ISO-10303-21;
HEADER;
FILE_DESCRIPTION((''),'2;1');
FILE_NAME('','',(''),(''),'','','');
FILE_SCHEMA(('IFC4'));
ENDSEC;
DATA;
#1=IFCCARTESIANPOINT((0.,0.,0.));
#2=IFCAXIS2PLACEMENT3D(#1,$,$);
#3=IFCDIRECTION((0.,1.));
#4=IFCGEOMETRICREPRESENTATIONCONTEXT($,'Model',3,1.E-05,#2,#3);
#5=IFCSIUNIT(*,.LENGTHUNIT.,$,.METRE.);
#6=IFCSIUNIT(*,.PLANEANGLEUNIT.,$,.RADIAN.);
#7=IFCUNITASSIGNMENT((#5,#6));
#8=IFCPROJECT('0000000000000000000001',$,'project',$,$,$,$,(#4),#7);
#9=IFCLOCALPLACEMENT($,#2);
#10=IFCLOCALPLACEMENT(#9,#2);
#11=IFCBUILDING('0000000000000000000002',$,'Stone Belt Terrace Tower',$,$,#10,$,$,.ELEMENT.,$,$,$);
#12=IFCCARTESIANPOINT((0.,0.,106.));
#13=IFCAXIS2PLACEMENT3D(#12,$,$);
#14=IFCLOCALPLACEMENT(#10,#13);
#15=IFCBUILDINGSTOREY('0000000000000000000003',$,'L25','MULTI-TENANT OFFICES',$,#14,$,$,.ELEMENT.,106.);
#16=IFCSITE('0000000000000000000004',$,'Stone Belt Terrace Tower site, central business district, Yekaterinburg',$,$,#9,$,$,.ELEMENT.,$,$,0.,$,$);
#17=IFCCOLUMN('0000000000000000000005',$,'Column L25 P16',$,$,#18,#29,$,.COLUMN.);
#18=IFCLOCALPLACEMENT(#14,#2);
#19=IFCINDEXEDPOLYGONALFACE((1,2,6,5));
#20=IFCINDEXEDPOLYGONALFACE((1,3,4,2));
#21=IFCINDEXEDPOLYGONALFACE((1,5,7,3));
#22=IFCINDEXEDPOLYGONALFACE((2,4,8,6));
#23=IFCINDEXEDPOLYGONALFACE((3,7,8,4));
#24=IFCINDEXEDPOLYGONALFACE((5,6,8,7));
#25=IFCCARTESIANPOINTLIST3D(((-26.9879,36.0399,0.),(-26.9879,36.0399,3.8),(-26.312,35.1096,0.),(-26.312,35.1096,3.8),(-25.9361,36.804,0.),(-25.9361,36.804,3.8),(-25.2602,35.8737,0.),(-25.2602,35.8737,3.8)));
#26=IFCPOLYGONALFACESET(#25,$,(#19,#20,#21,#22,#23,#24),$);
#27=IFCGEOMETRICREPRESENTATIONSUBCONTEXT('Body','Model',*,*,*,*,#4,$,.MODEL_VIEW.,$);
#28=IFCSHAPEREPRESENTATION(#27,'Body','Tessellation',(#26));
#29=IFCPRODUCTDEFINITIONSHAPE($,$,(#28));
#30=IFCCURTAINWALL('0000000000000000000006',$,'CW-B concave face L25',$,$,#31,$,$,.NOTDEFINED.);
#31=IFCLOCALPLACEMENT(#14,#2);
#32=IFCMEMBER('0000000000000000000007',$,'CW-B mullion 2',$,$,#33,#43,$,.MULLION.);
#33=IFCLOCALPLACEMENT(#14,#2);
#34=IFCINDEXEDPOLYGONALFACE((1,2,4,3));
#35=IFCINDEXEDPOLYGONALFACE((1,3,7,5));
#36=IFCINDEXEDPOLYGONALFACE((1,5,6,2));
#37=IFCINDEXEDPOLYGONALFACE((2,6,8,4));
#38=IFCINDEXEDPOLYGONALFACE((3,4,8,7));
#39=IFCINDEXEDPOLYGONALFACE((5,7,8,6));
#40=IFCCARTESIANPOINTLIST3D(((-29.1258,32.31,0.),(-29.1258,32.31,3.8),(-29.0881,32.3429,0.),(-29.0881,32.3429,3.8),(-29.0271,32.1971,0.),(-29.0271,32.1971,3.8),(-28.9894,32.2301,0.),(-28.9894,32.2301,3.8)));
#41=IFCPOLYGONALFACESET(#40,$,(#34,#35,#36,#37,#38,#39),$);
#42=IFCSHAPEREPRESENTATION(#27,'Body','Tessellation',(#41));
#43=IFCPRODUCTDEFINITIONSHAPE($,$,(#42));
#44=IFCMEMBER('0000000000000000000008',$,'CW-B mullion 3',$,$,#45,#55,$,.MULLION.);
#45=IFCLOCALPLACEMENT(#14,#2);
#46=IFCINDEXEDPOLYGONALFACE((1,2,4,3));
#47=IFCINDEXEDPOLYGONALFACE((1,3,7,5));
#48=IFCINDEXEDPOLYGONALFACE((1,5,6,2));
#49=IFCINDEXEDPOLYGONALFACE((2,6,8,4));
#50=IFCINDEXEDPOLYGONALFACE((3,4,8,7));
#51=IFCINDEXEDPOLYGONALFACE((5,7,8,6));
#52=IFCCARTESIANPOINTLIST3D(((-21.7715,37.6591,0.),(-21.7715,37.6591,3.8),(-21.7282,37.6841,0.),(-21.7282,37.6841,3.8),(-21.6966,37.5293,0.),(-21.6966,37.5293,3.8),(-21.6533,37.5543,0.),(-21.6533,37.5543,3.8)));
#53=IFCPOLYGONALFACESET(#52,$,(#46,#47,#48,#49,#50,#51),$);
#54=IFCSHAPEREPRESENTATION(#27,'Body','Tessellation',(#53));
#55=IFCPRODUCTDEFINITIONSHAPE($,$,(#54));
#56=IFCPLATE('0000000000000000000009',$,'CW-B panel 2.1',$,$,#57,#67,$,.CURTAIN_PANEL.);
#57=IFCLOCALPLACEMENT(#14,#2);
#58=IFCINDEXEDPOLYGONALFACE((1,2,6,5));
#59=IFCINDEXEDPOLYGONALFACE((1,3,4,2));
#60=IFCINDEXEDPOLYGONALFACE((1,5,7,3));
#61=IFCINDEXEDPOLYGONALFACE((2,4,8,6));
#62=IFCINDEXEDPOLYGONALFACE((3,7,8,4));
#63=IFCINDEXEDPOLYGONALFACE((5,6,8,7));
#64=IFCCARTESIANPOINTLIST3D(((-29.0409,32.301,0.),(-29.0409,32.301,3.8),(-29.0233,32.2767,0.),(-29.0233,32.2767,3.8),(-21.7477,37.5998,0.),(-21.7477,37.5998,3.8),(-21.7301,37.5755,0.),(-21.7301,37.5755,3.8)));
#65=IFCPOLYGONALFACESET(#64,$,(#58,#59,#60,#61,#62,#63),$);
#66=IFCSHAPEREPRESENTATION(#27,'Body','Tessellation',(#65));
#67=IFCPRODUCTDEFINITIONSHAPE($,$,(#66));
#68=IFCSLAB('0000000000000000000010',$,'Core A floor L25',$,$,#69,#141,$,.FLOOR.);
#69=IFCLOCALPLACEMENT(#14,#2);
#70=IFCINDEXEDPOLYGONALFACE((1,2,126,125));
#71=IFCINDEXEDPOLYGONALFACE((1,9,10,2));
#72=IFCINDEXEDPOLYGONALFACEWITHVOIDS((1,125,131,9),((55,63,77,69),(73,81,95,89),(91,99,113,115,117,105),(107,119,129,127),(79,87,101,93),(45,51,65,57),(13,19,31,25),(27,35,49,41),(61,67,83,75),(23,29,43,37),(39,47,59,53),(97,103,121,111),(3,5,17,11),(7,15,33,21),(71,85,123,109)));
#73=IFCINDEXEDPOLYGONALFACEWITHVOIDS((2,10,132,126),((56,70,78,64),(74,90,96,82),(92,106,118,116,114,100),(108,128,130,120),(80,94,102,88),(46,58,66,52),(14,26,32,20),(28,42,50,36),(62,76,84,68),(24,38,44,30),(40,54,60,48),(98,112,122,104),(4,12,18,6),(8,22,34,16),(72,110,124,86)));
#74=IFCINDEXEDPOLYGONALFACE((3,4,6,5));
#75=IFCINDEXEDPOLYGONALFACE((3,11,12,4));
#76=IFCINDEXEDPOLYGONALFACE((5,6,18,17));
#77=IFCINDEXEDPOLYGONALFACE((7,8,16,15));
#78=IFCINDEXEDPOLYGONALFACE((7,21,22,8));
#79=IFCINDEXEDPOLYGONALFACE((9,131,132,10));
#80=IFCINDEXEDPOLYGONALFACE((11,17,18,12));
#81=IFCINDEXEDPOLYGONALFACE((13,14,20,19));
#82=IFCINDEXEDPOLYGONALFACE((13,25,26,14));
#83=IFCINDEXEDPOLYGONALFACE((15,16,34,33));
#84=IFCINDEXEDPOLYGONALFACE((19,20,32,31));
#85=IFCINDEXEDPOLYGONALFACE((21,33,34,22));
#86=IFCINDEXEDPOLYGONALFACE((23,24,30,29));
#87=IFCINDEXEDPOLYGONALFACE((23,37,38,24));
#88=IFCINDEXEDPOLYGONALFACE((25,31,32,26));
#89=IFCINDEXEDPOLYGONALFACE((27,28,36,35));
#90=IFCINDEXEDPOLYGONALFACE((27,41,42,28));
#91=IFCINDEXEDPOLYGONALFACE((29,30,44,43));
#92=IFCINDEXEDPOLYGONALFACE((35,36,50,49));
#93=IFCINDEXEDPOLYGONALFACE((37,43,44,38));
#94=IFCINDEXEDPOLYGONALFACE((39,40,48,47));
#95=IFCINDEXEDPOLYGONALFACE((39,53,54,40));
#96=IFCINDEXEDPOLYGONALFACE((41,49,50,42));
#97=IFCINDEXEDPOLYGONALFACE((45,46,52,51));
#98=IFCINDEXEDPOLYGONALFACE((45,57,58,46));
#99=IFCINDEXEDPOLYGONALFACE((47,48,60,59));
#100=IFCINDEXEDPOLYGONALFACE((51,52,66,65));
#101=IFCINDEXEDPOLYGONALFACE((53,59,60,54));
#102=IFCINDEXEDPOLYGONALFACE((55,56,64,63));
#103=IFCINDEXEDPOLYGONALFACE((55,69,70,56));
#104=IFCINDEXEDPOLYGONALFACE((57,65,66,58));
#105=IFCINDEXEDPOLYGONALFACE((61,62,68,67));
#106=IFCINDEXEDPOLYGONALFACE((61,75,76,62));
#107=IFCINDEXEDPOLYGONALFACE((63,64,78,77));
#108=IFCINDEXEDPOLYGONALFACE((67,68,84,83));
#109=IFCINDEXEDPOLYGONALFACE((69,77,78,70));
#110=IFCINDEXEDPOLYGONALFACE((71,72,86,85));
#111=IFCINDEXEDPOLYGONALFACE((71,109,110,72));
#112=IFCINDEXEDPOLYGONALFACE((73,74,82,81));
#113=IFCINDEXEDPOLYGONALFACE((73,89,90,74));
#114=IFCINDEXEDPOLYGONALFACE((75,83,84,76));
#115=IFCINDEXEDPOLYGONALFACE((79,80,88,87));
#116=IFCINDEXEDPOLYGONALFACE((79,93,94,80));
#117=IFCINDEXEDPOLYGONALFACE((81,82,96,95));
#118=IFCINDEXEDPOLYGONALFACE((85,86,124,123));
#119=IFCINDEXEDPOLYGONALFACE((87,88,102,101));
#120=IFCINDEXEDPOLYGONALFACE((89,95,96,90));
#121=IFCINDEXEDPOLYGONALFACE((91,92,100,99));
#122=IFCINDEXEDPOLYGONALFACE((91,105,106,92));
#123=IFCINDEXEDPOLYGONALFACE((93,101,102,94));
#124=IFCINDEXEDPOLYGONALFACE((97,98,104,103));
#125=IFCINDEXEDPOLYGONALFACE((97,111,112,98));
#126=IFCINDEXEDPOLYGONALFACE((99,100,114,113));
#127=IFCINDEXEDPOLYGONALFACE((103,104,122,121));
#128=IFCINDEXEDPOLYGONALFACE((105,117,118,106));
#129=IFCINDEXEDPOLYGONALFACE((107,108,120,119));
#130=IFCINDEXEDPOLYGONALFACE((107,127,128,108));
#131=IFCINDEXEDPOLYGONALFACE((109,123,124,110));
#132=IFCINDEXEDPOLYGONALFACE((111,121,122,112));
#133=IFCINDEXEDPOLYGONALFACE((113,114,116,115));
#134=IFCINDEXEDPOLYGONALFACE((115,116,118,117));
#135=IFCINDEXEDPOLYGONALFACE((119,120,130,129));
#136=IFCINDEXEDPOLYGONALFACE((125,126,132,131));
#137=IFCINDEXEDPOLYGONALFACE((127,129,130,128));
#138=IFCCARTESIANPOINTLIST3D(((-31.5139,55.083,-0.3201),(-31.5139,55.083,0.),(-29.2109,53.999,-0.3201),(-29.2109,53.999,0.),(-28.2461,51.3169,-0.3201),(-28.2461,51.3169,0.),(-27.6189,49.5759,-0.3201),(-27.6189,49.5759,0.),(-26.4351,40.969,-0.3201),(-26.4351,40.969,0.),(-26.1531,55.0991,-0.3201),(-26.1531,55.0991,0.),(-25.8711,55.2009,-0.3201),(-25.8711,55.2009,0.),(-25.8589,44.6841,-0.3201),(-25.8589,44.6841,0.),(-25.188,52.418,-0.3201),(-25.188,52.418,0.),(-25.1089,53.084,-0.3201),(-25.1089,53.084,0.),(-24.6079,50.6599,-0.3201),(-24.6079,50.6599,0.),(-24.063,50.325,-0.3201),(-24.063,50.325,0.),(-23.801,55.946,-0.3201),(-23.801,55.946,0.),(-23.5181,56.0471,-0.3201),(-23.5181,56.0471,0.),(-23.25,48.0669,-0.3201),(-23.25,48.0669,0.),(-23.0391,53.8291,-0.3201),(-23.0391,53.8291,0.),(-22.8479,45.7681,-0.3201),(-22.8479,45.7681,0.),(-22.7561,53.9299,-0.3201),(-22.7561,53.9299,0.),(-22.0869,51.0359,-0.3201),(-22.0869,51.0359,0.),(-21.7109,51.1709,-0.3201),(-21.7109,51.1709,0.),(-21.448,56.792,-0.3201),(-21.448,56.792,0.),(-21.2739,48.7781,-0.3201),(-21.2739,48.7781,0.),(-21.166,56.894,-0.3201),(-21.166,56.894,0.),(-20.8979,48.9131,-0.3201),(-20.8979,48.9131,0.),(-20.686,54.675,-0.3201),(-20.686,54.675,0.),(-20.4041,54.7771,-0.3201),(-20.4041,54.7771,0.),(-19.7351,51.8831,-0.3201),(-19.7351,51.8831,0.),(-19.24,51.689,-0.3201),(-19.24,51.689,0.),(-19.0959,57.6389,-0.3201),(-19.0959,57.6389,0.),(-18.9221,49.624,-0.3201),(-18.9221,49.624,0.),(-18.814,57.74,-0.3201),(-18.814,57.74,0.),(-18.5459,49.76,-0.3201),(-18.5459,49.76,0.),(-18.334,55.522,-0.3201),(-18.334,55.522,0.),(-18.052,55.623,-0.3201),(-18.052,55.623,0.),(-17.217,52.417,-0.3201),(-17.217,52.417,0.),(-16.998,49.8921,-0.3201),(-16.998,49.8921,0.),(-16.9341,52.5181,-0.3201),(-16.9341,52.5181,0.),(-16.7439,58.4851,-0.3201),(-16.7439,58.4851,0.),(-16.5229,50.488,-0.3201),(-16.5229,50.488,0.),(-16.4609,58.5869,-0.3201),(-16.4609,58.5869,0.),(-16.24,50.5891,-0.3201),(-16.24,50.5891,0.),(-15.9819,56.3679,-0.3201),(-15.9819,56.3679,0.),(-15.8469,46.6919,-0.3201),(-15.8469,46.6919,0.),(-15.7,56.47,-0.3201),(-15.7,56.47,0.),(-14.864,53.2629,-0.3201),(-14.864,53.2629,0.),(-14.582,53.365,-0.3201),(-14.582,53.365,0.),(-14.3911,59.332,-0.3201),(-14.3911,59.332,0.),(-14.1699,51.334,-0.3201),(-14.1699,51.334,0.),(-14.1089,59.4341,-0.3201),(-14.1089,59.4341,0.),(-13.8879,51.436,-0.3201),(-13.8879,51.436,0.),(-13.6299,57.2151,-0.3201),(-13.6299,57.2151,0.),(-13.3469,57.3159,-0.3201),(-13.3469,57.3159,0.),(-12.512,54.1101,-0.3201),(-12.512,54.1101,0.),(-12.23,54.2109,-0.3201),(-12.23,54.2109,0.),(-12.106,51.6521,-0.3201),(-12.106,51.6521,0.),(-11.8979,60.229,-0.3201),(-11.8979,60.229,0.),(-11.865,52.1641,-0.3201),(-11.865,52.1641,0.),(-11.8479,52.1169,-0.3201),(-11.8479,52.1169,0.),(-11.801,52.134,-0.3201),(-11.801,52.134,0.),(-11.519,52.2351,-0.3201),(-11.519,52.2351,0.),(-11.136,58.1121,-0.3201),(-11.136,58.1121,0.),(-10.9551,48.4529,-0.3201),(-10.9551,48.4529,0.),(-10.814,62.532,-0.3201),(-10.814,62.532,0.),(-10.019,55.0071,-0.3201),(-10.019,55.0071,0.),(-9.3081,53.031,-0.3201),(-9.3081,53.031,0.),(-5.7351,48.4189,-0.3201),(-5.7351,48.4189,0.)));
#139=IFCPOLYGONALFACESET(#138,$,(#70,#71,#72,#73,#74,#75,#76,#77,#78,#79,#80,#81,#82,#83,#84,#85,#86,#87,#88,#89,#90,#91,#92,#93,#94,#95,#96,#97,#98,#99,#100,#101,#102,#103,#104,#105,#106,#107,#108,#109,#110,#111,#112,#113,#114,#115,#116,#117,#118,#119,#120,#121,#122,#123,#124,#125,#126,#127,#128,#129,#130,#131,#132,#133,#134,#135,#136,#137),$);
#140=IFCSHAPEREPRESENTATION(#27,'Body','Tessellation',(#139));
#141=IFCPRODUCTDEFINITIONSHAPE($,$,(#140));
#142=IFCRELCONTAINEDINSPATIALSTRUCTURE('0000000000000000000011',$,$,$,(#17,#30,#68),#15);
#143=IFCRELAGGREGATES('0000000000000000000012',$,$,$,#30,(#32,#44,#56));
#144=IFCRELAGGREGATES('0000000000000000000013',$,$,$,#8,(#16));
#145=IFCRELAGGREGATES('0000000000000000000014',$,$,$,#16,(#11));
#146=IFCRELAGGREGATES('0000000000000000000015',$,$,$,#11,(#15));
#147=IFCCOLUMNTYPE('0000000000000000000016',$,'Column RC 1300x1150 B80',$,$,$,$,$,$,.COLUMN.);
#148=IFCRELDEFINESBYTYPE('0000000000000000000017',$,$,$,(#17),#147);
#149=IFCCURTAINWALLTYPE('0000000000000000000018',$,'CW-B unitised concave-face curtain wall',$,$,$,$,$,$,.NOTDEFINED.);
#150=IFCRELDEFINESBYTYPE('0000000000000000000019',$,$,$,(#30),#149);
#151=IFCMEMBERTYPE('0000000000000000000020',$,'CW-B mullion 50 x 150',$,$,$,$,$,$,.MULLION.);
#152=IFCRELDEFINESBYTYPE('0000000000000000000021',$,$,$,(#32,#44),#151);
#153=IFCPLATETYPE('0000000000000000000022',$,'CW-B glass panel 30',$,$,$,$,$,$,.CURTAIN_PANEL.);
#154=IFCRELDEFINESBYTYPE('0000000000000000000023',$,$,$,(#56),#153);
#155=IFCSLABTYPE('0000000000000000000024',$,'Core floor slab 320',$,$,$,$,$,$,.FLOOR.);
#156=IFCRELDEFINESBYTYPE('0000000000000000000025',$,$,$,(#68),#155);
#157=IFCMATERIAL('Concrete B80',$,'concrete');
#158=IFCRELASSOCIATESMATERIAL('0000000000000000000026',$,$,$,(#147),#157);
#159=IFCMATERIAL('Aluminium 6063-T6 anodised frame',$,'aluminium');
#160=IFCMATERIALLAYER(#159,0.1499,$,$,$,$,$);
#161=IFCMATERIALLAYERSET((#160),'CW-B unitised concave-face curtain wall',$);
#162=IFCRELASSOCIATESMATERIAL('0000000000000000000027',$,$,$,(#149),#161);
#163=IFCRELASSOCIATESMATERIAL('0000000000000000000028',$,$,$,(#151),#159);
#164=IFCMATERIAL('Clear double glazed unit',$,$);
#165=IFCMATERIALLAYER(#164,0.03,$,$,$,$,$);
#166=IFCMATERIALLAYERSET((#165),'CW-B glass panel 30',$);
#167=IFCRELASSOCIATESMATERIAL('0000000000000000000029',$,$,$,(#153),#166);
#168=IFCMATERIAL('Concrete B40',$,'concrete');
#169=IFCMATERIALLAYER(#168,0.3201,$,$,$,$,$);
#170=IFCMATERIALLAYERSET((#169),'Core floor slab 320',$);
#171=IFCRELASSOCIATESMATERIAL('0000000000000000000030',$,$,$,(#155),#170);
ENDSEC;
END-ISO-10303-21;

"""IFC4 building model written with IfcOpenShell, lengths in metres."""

from ifc_helpers import new_model, si_unit, direction, frame, origin, origin_2d, place, context, subcontext, project, spatial, polyline, rectangle, outline, extrude, material, layer, layer_set, material_profile, profile_set, type_object, element, aggregate, save


model = new_model("IFC4")

# Units and contexts
model_context = context("Model", 3, precision=1e-05, world=origin(), true_north=direction((0.0, 1.0)))
body_context = subcontext(model_context, "Body", "Model", "MODEL_VIEW")
ifc_project = project(units=[si_unit("LENGTHUNIT", "METRE"), si_unit("PLANEANGLEUNIT", "RADIAN")], contexts=[model_context])

# Site, building, storey
site_placement = place(None, origin())
site = spatial("IfcSite", under=ifc_project, at=site_placement, Name="Stone Belt Terrace Tower site, central business district, Yekaterinburg", CompositionType="ELEMENT", RefElevation=0.0)
building_placement = place(site_placement, origin())
building = spatial("IfcBuilding", under=site, at=building_placement, Name="Stone Belt Terrace Tower", CompositionType="ELEMENT")
storey_placement = place(building_placement, frame((0.0, 0.0, 106.0)))
storey = spatial("IfcBuildingStorey", under=building, at=storey_placement, Name="L25", Description="MULTI-TENANT OFFICES", CompositionType="ELEMENT", Elevation=106.0)

# Column
ifc_material_1 = material(Name="Concrete B80", Category="concrete")
ifc_material_profile_1 = material_profile(ifc_material_1, rectangle(XDim=1.3, YDim=1.1499, at=origin_2d()), Name="RC 1300x1150")
ifc_profile_set_1 = profile_set([ifc_material_profile_1], Name="Concrete B80")
column_type = type_object("IfcColumnType", Name="Column RC 1300x1150 B80", PredefinedType="COLUMN", material=ifc_profile_set_1)
column_placement = place(storey_placement, frame((-26.124, 35.9568, 0.0), z_axis=(0.0, 0.0, 1.0), x_axis=(0.809017, 0.587785, 0.0)))
element("IfcColumn", 1, at=column_placement, inside=storey, type_object=column_type, Name="Column L25 P16", PredefinedType="COLUMN", context=body_context, shape_type="SweptSolid", body=[
    extrude(rectangle(XDim=1.3, YDim=1.1499, at=origin_2d()), origin(), (0.0, 0.0, 1.0), 3.8),
])

# Curtain wall, members, plate
ifc_material_2 = material(Name="Aluminium 6063-T6 anodised frame", Category="aluminium")
ifc_layer_1 = layer(ifc_material_2, 0.1499)
ifc_layer_set_1 = layer_set([ifc_layer_1], Name="CW-B unitised concave-face curtain wall")
curtain_wall_type = type_object("IfcCurtainWallType", Name="CW-B unitised concave-face curtain wall", PredefinedType="NOTDEFINED", material=ifc_layer_set_1)
curtain_wall_placement = place(storey_placement, origin())
curtain_wall = element("IfcCurtainWall", 2, at=curtain_wall_placement, inside=storey, type_object=curtain_wall_type, Name="CW-B concave face L25", PredefinedType="NOTDEFINED")
ifc_material_profile_2 = material_profile(ifc_material_2, rectangle(XDim=0.1499, YDim=0.05, at=origin_2d()), Name="Aluminium 6063-T6 50x150")
ifc_profile_set_2 = profile_set([ifc_material_profile_2], Name="Aluminium 6063-T6 anodised frame")
member_type = type_object("IfcMemberType", Name="CW-B mullion 50 x 150", PredefinedType="MULLION", material=ifc_profile_set_2)
member_1_placement = place(storey_placement, frame((-29.0576, 32.27, 0.0), z_axis=(0.0, 0.0, 1.0), x_axis=(-0.658127, 0.752907, 0.0)))
member_1 = element("IfcMember", 3, at=member_1_placement, type_object=member_type, Name="CW-B mullion 2", PredefinedType="MULLION", context=body_context, shape_type="SweptSolid", body=[
    extrude(rectangle(XDim=0.1499, YDim=0.05, at=origin_2d()), origin(), (0.0, 0.0, 1.0), 3.8),
])
member_2_placement = place(storey_placement, frame((-21.7124, 37.6067, 0.0), z_axis=(0.0, 0.0, 1.0), x_axis=(-0.5, 0.866025, 0.0)))
member_2 = element("IfcMember", 4, at=member_2_placement, type_object=member_type, Name="CW-B mullion 3", PredefinedType="MULLION", context=body_context, shape_type="SweptSolid", body=[
    extrude(rectangle(XDim=0.1499, YDim=0.05, at=origin_2d()), origin(), (0.0, 0.0, 1.0), 3.8),
])
ifc_material_3 = material(Name="Clear double glazed unit")
ifc_layer_2 = layer(ifc_material_3, 0.03)
ifc_layer_set_2 = layer_set([ifc_layer_2], Name="CW-B glass panel 30")
plate_type = type_object("IfcPlateType", Name="CW-B glass panel 30", PredefinedType="CURTAIN_PANEL", material=ifc_layer_set_2)
plate_placement = place(storey_placement, frame((-25.3855, 34.9382, 0.0), z_axis=(0.0, 0.0, 1.0), x_axis=(0.809017, 0.587785, 0.0)))
plate = element("IfcPlate", 5, at=plate_placement, type_object=plate_type, Name="CW-B panel 2.1", PredefinedType="CURTAIN_PANEL", context=body_context, shape_type="SweptSolid", body=[
    extrude(rectangle(XDim=9.0149, YDim=0.03, at=origin_2d()), origin(), (0.0, 0.0, 1.0), 3.8),
])
aggregate(curtain_wall, [member_1, member_2, plate])

# Slab
ifc_material_4 = material(Name="Concrete B40", Category="concrete")
ifc_layer_3 = layer(ifc_material_4, 0.3201)
ifc_layer_set_3 = layer_set([ifc_layer_3], Name="Core floor slab 320")
slab_type_1 = type_object("IfcSlabType", Name="Core floor slab 320", PredefinedType="FLOOR", material=ifc_layer_set_3)
slab_1_placement = place(storey_placement, frame((0.0, 0.0, -0.3201)))
element("IfcSlab", 6, at=slab_1_placement, inside=storey, type_object=slab_type_1, Name="Core A floor L25", PredefinedType="FLOOR", context=body_context, shape_type="SweptSolid", body=[
    extrude(outline(polyline([(-26.4351, 40.969), (-5.7351, 48.4189), (-10.814, 62.532), (-31.5139, 55.083), (-26.4351, 40.969)]), holes=[polyline([(-24.6079, 50.6599), (-22.8479, 45.7681), (-25.8589, 44.6841), (-27.6189, 49.5759), (-24.6079, 50.6599)]), polyline([(-21.2739, 48.7781), (-23.25, 48.0669), (-24.063, 50.325), (-22.0869, 51.0359), (-21.2739, 48.7781)]), polyline([(-18.9221, 49.624), (-20.8979, 48.9131), (-21.7109, 51.1709), (-19.7351, 51.8831), (-18.9221, 49.624)]), polyline([(-19.24, 51.689), (-17.217, 52.417), (-16.5229, 50.488), (-18.5459, 49.76), (-19.24, 51.689)]), polyline([(-29.2109, 53.999), (-26.1531, 55.0991), (-25.188, 52.418), (-28.2461, 51.3169), (-29.2109, 53.999)]), polyline([(-23.801, 55.946), (-23.0391, 53.8291), (-25.1089, 53.084), (-25.8711, 55.2009), (-23.801, 55.946)]), polyline([(-21.448, 56.792), (-20.686, 54.675), (-22.7561, 53.9299), (-23.5181, 56.0471), (-21.448, 56.792)]), polyline([(-19.0959, 57.6389), (-18.334, 55.522), (-20.4041, 54.7771), (-21.166, 56.894), (-19.0959, 57.6389)]), polyline([(-15.8469, 46.6919), (-16.998, 49.8921), (-12.106, 51.6521), (-10.9551, 48.4529), (-15.8469, 46.6919)]), polyline([(-16.24, 50.5891), (-16.9341, 52.5181), (-14.864, 53.2629), (-14.1699, 51.334), (-16.24, 50.5891)]), polyline([(-11.801, 52.134), (-11.8479, 52.1169), (-11.865, 52.1641), (-13.8879, 51.436), (-14.582, 53.365), (-12.512, 54.1101), (-11.801, 52.134)]), polyline([(-9.3081, 53.031), (-11.519, 52.2351), (-12.23, 54.2109), (-10.019, 55.0071), (-9.3081, 53.031)]), polyline([(-16.7439, 58.4851), (-15.9819, 56.3679), (-18.052, 55.623), (-18.814, 57.74), (-16.7439, 58.4851)]), polyline([(-14.3911, 59.332), (-13.6299, 57.2151), (-15.7, 56.47), (-16.4609, 58.5869), (-14.3911, 59.332)]), polyline([(-11.8979, 60.229), (-11.136, 58.1121), (-13.3469, 57.3159), (-14.1089, 59.4341), (-11.8979, 60.229)])]), origin(), (0.0, 0.0, 1.0), 0.3201),
])

save(model, "model.ifc")
